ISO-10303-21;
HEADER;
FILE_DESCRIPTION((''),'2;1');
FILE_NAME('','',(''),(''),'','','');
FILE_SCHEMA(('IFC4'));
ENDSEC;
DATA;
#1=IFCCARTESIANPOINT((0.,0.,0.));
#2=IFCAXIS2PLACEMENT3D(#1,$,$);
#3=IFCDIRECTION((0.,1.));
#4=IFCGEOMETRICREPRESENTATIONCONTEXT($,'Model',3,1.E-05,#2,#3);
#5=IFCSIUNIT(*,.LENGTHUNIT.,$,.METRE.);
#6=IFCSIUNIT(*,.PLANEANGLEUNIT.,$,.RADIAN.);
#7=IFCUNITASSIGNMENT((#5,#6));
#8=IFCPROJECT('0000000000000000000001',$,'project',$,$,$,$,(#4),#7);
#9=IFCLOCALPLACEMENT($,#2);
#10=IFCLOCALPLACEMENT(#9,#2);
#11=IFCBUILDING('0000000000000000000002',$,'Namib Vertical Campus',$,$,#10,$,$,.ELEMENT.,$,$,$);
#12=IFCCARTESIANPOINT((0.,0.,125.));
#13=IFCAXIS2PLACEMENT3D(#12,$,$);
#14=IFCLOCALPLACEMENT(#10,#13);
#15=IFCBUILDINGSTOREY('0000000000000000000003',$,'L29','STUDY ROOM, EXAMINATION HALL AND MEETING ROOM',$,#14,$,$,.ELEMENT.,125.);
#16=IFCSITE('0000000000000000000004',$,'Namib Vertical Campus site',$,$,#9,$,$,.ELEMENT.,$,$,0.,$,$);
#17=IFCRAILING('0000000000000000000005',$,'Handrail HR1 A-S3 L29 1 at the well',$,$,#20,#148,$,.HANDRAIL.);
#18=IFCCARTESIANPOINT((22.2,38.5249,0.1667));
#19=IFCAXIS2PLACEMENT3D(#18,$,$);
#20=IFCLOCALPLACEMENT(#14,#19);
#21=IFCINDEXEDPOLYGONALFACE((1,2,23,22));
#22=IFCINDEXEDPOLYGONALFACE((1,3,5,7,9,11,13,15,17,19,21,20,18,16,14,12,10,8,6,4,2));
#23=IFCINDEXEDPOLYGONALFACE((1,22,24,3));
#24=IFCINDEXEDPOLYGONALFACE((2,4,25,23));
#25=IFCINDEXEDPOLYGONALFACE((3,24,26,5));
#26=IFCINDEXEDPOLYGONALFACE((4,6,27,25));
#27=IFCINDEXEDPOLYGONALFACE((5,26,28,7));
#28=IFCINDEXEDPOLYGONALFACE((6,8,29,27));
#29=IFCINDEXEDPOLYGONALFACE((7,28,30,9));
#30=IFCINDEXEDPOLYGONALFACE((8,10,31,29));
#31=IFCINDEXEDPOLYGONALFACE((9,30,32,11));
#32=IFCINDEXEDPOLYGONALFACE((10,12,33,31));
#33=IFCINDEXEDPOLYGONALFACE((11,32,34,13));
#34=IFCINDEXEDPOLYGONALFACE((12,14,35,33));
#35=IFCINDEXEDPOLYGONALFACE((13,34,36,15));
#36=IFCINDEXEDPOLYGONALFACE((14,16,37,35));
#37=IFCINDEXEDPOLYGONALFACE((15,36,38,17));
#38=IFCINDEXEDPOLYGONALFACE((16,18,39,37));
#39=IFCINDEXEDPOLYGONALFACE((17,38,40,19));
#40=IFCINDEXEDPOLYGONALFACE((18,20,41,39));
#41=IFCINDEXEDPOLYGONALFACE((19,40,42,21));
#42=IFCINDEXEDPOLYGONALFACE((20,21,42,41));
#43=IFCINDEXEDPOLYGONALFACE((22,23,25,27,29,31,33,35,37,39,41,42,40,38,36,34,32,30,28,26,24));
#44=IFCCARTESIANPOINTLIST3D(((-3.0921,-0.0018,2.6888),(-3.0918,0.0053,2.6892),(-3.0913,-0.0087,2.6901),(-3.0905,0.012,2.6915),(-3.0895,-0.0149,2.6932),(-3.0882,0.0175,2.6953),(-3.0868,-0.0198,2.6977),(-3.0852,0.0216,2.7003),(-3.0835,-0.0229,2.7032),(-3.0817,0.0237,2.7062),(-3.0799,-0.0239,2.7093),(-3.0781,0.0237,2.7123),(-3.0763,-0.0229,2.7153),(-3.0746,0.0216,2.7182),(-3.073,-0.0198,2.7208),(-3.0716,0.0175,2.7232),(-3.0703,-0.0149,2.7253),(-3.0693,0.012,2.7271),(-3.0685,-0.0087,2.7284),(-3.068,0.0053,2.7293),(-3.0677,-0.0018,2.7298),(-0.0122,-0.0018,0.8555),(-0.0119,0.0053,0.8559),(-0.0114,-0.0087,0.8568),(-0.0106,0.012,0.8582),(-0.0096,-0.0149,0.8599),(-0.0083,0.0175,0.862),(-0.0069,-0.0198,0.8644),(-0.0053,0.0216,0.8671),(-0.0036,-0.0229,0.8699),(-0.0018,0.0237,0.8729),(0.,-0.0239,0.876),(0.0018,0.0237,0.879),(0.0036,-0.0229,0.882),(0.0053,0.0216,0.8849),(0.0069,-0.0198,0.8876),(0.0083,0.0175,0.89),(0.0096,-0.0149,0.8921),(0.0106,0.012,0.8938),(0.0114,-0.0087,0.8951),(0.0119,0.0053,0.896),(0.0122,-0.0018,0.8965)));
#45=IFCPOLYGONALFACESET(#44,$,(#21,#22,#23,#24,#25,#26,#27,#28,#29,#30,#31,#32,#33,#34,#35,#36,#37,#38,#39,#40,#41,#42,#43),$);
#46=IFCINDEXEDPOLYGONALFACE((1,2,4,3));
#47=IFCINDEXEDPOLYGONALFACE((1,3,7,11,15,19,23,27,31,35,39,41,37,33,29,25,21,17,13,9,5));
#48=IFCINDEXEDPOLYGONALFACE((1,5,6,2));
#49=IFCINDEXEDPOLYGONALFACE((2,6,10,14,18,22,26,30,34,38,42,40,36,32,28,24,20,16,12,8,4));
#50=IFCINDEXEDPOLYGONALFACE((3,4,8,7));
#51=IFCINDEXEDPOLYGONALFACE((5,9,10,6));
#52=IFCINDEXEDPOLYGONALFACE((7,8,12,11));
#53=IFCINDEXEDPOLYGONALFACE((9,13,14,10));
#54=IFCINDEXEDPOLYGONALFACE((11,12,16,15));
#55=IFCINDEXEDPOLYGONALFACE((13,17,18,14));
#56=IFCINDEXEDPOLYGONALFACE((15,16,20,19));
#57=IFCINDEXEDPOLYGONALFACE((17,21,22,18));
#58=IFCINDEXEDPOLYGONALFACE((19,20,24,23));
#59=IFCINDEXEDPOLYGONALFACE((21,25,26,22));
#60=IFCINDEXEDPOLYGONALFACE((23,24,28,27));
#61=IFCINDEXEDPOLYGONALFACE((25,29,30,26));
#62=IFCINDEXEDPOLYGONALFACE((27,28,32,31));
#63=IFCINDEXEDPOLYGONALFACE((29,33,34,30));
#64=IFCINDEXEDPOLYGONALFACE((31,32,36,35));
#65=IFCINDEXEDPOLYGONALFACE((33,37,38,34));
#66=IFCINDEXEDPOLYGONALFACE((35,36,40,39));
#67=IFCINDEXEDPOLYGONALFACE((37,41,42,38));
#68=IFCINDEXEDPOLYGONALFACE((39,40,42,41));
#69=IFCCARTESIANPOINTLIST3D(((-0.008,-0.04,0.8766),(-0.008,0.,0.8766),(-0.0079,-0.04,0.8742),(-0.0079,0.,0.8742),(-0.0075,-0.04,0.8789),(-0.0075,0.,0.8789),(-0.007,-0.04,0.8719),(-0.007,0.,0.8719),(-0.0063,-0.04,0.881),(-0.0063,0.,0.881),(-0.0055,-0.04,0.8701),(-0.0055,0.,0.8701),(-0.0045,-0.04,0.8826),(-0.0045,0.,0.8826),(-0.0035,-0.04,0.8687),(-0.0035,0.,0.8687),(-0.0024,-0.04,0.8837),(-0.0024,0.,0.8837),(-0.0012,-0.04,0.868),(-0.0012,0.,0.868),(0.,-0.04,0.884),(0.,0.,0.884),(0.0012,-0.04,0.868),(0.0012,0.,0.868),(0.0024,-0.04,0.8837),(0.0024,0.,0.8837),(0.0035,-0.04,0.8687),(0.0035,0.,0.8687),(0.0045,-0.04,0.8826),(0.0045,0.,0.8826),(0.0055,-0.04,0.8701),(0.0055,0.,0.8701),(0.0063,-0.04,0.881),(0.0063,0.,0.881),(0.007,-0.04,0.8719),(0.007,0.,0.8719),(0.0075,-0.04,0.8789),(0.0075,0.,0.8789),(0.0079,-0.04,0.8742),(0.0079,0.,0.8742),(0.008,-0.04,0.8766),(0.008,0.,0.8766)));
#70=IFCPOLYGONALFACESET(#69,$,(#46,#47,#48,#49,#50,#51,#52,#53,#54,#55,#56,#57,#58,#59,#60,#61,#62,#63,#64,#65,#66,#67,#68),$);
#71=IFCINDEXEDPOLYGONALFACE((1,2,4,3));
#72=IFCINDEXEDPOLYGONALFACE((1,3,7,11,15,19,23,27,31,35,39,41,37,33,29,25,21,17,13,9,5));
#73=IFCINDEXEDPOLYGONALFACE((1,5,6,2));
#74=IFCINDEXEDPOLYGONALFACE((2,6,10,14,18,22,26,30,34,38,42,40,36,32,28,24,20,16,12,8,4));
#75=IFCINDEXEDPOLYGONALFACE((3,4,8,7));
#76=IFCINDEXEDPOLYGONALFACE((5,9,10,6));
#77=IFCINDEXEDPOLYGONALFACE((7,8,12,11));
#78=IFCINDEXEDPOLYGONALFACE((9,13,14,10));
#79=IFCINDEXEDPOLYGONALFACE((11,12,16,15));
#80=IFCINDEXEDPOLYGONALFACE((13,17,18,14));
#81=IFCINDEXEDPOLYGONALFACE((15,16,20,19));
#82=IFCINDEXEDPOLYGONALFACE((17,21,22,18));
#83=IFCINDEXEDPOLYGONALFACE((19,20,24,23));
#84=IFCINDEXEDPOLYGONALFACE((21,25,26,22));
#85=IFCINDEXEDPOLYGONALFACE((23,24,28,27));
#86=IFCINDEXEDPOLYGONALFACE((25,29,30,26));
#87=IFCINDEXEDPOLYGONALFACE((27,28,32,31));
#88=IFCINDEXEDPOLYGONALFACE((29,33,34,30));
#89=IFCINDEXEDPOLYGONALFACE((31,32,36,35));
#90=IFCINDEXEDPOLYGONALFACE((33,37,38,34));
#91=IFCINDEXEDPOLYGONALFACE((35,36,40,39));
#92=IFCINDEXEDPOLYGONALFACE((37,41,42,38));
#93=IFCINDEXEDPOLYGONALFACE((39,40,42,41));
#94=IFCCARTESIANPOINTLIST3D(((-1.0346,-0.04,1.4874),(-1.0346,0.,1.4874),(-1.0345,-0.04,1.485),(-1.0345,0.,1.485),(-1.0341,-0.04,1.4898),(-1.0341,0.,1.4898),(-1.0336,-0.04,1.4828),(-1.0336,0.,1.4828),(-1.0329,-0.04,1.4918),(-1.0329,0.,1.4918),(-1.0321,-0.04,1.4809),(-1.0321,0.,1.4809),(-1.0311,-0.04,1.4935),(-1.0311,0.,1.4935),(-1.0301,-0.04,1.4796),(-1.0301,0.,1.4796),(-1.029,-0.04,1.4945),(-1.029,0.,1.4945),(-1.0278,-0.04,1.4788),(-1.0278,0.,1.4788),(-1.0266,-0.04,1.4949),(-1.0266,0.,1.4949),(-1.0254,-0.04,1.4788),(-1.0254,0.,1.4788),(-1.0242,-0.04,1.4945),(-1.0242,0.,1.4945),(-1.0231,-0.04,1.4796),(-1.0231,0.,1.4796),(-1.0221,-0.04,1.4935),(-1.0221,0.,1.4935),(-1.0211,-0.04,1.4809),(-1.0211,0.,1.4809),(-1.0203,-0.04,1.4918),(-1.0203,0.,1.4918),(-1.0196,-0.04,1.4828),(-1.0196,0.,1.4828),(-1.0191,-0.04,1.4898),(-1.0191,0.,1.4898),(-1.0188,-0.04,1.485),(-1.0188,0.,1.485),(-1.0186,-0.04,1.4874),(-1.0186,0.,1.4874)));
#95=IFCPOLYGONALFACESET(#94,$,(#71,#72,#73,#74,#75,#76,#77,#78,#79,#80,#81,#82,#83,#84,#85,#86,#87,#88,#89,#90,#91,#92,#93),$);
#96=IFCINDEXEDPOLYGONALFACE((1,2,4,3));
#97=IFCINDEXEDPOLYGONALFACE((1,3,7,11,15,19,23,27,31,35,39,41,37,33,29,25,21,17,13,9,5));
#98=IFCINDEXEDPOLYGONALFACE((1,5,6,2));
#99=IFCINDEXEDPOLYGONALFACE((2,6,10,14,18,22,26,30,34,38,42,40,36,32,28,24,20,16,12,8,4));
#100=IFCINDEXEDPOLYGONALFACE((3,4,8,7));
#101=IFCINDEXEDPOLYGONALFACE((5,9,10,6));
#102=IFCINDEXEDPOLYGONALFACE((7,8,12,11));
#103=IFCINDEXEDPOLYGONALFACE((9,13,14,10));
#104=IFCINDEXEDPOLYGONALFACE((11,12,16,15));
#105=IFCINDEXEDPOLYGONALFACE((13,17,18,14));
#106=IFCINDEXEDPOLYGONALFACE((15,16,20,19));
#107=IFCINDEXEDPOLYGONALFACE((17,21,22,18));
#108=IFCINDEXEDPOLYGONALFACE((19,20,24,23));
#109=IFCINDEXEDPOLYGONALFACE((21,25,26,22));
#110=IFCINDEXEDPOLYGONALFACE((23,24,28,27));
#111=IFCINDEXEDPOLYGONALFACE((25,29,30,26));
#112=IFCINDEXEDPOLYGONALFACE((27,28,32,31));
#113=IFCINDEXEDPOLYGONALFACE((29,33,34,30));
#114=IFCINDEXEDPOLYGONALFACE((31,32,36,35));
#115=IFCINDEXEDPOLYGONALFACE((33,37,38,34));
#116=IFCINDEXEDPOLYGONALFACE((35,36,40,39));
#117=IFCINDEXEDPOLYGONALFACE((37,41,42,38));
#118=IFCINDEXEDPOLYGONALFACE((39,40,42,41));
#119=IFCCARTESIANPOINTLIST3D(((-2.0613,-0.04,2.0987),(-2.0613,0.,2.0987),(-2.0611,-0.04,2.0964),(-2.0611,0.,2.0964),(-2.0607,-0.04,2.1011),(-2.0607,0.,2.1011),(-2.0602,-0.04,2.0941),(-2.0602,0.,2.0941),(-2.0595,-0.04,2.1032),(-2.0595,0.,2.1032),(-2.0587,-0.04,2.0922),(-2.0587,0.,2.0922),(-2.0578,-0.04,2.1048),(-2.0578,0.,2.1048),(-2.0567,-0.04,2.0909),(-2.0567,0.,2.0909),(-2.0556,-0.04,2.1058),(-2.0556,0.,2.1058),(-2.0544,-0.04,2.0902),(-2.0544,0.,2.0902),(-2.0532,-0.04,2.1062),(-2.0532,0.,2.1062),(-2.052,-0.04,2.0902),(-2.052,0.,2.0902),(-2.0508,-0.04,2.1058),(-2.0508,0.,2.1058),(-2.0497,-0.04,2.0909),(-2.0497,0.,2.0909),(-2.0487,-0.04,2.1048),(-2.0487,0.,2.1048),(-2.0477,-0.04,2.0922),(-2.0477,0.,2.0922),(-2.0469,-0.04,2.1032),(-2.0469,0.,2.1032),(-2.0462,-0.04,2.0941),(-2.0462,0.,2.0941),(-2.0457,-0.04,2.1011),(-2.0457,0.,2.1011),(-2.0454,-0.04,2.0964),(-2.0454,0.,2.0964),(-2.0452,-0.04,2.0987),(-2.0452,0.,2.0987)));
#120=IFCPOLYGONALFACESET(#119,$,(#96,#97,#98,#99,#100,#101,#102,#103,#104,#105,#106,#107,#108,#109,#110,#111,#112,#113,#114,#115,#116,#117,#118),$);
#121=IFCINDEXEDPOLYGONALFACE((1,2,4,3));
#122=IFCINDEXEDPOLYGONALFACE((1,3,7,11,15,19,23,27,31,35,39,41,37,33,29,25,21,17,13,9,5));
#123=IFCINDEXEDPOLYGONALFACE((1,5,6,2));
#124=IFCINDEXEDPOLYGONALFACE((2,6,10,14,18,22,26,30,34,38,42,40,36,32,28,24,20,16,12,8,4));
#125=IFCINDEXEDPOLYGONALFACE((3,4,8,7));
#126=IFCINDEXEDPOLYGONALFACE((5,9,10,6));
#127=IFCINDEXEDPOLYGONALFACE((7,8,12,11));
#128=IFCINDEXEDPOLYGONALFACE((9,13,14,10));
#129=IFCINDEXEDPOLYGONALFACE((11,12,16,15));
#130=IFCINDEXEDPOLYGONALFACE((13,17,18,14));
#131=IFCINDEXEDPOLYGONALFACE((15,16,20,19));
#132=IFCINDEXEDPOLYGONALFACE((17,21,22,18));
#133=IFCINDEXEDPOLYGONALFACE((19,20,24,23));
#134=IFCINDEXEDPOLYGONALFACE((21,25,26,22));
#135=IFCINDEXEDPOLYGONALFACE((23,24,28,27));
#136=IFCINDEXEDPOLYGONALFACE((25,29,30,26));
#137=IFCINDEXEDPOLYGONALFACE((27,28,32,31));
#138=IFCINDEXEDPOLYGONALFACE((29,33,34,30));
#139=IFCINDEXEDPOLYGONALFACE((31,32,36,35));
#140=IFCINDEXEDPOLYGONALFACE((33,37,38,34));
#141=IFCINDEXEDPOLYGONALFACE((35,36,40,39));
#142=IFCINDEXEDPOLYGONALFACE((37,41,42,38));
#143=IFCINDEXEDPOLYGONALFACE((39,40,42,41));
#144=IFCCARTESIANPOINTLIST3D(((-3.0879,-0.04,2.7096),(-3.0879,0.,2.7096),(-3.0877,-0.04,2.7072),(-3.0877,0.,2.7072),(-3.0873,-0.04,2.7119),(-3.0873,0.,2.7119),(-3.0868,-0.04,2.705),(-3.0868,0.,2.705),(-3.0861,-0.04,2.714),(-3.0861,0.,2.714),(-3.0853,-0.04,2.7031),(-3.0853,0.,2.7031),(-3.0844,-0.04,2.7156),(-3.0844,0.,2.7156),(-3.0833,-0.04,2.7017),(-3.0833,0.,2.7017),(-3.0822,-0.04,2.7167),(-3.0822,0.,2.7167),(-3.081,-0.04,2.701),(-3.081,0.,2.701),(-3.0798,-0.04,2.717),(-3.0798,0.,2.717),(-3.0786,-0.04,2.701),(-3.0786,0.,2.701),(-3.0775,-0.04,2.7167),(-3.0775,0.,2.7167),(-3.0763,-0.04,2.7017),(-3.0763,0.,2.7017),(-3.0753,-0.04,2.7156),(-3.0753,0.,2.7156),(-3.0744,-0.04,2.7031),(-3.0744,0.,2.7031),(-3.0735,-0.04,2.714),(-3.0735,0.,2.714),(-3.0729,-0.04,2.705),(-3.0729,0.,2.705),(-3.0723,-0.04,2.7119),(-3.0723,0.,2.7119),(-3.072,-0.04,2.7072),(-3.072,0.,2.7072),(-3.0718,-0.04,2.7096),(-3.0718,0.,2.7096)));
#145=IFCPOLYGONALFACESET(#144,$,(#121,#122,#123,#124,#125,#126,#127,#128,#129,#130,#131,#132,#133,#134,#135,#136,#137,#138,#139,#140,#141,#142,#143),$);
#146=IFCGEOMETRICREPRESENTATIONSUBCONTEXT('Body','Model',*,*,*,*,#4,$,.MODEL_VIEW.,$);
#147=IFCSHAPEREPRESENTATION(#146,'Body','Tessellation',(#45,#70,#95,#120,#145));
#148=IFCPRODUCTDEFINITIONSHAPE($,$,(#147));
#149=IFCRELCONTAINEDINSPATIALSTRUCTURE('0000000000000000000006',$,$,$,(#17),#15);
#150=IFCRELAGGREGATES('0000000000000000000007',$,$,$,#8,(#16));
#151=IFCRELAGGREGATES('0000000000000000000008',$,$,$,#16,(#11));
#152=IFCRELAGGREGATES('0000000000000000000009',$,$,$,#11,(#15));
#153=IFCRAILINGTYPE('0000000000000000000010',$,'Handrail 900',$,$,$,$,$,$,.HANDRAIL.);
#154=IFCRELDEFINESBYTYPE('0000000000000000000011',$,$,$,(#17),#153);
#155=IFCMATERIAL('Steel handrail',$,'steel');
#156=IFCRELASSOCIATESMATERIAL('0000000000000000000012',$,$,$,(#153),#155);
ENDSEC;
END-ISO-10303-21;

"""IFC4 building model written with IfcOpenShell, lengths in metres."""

from ifc_helpers import new_model, si_unit, direction, frame, origin, origin_2d, place, context, subcontext, project, spatial, circle, extrude, material, type_object, element, save


model = new_model("IFC4")

# Units and contexts
model_context = context("Model", 3, precision=1e-05, world=origin(), true_north=direction((0.0, 1.0)))
body_context = subcontext(model_context, "Body", "Model", "MODEL_VIEW")
ifc_project = project(units=[si_unit("LENGTHUNIT", "METRE"), si_unit("PLANEANGLEUNIT", "RADIAN")], contexts=[model_context])

# Site, building, storey
site_placement = place(None, origin())
site = spatial("IfcSite", under=ifc_project, at=site_placement, Name="Namib Vertical Campus site", CompositionType="ELEMENT", RefElevation=0.0)
building_placement = place(site_placement, origin())
building = spatial("IfcBuilding", under=site, at=building_placement, Name="Namib Vertical Campus", CompositionType="ELEMENT")
storey_placement = place(building_placement, frame((0.0, 0.0, 125.0)))
storey = spatial("IfcBuildingStorey", under=building, at=storey_placement, Name="L29", Description="STUDY ROOM, EXAMINATION HALL AND MEETING ROOM", CompositionType="ELEMENT", Elevation=125.0)

# Railing
ifc_material_1 = material(Name="Steel handrail", Category="steel")
railing_type_1 = type_object("IfcRailingType", Name="Handrail 900", PredefinedType="HANDRAIL", material=ifc_material_1)
railing_1_placement = place(storey_placement, frame((22.2, 38.5249, 0.1667)))
element("IfcRailing", 1, at=railing_1_placement, inside=storey, type_object=railing_type_1, Name="Handrail HR1 A-S3 L29 1 at the well", PredefinedType="HANDRAIL", context=body_context, shape_type="SweptSolid", body=[
    extrude(circle(Radius=0.0239, at=origin_2d()), frame((0.0, 0.0, 0.876), z_axis=(-0.859291, 0.0, 0.511487), x_axis=(0.0, -1.0, 0.0)), (0.0, 0.0, 1.0), 3.5842),
    extrude(circle(Radius=0.0081, at=origin_2d()), frame((0.0, 0.0, 0.876), z_axis=(0.0, -1.0, 0.0), x_axis=(0.0, 0.0, 1.0)), (0.0, 0.0, 1.0), 0.04),
    extrude(circle(Radius=0.0081, at=origin_2d()), frame((-1.0266, 0.0, 1.4868), z_axis=(0.0, -1.0, 0.0), x_axis=(0.0, 0.0, 1.0)), (0.0, 0.0, 1.0), 0.04),
    extrude(circle(Radius=0.0081, at=origin_2d()), frame((-2.0532, 0.0, 2.0981), z_axis=(0.0, -1.0, 0.0), x_axis=(0.0, 0.0, 1.0)), (0.0, 0.0, 1.0), 0.04),
    extrude(circle(Radius=0.0081, at=origin_2d()), frame((-3.0798, 0.0, 2.709), z_axis=(0.0, -1.0, 0.0), x_axis=(0.0, 0.0, 1.0)), (0.0, 0.0, 1.0), 0.04),
])

save(model, "model.ifc")
